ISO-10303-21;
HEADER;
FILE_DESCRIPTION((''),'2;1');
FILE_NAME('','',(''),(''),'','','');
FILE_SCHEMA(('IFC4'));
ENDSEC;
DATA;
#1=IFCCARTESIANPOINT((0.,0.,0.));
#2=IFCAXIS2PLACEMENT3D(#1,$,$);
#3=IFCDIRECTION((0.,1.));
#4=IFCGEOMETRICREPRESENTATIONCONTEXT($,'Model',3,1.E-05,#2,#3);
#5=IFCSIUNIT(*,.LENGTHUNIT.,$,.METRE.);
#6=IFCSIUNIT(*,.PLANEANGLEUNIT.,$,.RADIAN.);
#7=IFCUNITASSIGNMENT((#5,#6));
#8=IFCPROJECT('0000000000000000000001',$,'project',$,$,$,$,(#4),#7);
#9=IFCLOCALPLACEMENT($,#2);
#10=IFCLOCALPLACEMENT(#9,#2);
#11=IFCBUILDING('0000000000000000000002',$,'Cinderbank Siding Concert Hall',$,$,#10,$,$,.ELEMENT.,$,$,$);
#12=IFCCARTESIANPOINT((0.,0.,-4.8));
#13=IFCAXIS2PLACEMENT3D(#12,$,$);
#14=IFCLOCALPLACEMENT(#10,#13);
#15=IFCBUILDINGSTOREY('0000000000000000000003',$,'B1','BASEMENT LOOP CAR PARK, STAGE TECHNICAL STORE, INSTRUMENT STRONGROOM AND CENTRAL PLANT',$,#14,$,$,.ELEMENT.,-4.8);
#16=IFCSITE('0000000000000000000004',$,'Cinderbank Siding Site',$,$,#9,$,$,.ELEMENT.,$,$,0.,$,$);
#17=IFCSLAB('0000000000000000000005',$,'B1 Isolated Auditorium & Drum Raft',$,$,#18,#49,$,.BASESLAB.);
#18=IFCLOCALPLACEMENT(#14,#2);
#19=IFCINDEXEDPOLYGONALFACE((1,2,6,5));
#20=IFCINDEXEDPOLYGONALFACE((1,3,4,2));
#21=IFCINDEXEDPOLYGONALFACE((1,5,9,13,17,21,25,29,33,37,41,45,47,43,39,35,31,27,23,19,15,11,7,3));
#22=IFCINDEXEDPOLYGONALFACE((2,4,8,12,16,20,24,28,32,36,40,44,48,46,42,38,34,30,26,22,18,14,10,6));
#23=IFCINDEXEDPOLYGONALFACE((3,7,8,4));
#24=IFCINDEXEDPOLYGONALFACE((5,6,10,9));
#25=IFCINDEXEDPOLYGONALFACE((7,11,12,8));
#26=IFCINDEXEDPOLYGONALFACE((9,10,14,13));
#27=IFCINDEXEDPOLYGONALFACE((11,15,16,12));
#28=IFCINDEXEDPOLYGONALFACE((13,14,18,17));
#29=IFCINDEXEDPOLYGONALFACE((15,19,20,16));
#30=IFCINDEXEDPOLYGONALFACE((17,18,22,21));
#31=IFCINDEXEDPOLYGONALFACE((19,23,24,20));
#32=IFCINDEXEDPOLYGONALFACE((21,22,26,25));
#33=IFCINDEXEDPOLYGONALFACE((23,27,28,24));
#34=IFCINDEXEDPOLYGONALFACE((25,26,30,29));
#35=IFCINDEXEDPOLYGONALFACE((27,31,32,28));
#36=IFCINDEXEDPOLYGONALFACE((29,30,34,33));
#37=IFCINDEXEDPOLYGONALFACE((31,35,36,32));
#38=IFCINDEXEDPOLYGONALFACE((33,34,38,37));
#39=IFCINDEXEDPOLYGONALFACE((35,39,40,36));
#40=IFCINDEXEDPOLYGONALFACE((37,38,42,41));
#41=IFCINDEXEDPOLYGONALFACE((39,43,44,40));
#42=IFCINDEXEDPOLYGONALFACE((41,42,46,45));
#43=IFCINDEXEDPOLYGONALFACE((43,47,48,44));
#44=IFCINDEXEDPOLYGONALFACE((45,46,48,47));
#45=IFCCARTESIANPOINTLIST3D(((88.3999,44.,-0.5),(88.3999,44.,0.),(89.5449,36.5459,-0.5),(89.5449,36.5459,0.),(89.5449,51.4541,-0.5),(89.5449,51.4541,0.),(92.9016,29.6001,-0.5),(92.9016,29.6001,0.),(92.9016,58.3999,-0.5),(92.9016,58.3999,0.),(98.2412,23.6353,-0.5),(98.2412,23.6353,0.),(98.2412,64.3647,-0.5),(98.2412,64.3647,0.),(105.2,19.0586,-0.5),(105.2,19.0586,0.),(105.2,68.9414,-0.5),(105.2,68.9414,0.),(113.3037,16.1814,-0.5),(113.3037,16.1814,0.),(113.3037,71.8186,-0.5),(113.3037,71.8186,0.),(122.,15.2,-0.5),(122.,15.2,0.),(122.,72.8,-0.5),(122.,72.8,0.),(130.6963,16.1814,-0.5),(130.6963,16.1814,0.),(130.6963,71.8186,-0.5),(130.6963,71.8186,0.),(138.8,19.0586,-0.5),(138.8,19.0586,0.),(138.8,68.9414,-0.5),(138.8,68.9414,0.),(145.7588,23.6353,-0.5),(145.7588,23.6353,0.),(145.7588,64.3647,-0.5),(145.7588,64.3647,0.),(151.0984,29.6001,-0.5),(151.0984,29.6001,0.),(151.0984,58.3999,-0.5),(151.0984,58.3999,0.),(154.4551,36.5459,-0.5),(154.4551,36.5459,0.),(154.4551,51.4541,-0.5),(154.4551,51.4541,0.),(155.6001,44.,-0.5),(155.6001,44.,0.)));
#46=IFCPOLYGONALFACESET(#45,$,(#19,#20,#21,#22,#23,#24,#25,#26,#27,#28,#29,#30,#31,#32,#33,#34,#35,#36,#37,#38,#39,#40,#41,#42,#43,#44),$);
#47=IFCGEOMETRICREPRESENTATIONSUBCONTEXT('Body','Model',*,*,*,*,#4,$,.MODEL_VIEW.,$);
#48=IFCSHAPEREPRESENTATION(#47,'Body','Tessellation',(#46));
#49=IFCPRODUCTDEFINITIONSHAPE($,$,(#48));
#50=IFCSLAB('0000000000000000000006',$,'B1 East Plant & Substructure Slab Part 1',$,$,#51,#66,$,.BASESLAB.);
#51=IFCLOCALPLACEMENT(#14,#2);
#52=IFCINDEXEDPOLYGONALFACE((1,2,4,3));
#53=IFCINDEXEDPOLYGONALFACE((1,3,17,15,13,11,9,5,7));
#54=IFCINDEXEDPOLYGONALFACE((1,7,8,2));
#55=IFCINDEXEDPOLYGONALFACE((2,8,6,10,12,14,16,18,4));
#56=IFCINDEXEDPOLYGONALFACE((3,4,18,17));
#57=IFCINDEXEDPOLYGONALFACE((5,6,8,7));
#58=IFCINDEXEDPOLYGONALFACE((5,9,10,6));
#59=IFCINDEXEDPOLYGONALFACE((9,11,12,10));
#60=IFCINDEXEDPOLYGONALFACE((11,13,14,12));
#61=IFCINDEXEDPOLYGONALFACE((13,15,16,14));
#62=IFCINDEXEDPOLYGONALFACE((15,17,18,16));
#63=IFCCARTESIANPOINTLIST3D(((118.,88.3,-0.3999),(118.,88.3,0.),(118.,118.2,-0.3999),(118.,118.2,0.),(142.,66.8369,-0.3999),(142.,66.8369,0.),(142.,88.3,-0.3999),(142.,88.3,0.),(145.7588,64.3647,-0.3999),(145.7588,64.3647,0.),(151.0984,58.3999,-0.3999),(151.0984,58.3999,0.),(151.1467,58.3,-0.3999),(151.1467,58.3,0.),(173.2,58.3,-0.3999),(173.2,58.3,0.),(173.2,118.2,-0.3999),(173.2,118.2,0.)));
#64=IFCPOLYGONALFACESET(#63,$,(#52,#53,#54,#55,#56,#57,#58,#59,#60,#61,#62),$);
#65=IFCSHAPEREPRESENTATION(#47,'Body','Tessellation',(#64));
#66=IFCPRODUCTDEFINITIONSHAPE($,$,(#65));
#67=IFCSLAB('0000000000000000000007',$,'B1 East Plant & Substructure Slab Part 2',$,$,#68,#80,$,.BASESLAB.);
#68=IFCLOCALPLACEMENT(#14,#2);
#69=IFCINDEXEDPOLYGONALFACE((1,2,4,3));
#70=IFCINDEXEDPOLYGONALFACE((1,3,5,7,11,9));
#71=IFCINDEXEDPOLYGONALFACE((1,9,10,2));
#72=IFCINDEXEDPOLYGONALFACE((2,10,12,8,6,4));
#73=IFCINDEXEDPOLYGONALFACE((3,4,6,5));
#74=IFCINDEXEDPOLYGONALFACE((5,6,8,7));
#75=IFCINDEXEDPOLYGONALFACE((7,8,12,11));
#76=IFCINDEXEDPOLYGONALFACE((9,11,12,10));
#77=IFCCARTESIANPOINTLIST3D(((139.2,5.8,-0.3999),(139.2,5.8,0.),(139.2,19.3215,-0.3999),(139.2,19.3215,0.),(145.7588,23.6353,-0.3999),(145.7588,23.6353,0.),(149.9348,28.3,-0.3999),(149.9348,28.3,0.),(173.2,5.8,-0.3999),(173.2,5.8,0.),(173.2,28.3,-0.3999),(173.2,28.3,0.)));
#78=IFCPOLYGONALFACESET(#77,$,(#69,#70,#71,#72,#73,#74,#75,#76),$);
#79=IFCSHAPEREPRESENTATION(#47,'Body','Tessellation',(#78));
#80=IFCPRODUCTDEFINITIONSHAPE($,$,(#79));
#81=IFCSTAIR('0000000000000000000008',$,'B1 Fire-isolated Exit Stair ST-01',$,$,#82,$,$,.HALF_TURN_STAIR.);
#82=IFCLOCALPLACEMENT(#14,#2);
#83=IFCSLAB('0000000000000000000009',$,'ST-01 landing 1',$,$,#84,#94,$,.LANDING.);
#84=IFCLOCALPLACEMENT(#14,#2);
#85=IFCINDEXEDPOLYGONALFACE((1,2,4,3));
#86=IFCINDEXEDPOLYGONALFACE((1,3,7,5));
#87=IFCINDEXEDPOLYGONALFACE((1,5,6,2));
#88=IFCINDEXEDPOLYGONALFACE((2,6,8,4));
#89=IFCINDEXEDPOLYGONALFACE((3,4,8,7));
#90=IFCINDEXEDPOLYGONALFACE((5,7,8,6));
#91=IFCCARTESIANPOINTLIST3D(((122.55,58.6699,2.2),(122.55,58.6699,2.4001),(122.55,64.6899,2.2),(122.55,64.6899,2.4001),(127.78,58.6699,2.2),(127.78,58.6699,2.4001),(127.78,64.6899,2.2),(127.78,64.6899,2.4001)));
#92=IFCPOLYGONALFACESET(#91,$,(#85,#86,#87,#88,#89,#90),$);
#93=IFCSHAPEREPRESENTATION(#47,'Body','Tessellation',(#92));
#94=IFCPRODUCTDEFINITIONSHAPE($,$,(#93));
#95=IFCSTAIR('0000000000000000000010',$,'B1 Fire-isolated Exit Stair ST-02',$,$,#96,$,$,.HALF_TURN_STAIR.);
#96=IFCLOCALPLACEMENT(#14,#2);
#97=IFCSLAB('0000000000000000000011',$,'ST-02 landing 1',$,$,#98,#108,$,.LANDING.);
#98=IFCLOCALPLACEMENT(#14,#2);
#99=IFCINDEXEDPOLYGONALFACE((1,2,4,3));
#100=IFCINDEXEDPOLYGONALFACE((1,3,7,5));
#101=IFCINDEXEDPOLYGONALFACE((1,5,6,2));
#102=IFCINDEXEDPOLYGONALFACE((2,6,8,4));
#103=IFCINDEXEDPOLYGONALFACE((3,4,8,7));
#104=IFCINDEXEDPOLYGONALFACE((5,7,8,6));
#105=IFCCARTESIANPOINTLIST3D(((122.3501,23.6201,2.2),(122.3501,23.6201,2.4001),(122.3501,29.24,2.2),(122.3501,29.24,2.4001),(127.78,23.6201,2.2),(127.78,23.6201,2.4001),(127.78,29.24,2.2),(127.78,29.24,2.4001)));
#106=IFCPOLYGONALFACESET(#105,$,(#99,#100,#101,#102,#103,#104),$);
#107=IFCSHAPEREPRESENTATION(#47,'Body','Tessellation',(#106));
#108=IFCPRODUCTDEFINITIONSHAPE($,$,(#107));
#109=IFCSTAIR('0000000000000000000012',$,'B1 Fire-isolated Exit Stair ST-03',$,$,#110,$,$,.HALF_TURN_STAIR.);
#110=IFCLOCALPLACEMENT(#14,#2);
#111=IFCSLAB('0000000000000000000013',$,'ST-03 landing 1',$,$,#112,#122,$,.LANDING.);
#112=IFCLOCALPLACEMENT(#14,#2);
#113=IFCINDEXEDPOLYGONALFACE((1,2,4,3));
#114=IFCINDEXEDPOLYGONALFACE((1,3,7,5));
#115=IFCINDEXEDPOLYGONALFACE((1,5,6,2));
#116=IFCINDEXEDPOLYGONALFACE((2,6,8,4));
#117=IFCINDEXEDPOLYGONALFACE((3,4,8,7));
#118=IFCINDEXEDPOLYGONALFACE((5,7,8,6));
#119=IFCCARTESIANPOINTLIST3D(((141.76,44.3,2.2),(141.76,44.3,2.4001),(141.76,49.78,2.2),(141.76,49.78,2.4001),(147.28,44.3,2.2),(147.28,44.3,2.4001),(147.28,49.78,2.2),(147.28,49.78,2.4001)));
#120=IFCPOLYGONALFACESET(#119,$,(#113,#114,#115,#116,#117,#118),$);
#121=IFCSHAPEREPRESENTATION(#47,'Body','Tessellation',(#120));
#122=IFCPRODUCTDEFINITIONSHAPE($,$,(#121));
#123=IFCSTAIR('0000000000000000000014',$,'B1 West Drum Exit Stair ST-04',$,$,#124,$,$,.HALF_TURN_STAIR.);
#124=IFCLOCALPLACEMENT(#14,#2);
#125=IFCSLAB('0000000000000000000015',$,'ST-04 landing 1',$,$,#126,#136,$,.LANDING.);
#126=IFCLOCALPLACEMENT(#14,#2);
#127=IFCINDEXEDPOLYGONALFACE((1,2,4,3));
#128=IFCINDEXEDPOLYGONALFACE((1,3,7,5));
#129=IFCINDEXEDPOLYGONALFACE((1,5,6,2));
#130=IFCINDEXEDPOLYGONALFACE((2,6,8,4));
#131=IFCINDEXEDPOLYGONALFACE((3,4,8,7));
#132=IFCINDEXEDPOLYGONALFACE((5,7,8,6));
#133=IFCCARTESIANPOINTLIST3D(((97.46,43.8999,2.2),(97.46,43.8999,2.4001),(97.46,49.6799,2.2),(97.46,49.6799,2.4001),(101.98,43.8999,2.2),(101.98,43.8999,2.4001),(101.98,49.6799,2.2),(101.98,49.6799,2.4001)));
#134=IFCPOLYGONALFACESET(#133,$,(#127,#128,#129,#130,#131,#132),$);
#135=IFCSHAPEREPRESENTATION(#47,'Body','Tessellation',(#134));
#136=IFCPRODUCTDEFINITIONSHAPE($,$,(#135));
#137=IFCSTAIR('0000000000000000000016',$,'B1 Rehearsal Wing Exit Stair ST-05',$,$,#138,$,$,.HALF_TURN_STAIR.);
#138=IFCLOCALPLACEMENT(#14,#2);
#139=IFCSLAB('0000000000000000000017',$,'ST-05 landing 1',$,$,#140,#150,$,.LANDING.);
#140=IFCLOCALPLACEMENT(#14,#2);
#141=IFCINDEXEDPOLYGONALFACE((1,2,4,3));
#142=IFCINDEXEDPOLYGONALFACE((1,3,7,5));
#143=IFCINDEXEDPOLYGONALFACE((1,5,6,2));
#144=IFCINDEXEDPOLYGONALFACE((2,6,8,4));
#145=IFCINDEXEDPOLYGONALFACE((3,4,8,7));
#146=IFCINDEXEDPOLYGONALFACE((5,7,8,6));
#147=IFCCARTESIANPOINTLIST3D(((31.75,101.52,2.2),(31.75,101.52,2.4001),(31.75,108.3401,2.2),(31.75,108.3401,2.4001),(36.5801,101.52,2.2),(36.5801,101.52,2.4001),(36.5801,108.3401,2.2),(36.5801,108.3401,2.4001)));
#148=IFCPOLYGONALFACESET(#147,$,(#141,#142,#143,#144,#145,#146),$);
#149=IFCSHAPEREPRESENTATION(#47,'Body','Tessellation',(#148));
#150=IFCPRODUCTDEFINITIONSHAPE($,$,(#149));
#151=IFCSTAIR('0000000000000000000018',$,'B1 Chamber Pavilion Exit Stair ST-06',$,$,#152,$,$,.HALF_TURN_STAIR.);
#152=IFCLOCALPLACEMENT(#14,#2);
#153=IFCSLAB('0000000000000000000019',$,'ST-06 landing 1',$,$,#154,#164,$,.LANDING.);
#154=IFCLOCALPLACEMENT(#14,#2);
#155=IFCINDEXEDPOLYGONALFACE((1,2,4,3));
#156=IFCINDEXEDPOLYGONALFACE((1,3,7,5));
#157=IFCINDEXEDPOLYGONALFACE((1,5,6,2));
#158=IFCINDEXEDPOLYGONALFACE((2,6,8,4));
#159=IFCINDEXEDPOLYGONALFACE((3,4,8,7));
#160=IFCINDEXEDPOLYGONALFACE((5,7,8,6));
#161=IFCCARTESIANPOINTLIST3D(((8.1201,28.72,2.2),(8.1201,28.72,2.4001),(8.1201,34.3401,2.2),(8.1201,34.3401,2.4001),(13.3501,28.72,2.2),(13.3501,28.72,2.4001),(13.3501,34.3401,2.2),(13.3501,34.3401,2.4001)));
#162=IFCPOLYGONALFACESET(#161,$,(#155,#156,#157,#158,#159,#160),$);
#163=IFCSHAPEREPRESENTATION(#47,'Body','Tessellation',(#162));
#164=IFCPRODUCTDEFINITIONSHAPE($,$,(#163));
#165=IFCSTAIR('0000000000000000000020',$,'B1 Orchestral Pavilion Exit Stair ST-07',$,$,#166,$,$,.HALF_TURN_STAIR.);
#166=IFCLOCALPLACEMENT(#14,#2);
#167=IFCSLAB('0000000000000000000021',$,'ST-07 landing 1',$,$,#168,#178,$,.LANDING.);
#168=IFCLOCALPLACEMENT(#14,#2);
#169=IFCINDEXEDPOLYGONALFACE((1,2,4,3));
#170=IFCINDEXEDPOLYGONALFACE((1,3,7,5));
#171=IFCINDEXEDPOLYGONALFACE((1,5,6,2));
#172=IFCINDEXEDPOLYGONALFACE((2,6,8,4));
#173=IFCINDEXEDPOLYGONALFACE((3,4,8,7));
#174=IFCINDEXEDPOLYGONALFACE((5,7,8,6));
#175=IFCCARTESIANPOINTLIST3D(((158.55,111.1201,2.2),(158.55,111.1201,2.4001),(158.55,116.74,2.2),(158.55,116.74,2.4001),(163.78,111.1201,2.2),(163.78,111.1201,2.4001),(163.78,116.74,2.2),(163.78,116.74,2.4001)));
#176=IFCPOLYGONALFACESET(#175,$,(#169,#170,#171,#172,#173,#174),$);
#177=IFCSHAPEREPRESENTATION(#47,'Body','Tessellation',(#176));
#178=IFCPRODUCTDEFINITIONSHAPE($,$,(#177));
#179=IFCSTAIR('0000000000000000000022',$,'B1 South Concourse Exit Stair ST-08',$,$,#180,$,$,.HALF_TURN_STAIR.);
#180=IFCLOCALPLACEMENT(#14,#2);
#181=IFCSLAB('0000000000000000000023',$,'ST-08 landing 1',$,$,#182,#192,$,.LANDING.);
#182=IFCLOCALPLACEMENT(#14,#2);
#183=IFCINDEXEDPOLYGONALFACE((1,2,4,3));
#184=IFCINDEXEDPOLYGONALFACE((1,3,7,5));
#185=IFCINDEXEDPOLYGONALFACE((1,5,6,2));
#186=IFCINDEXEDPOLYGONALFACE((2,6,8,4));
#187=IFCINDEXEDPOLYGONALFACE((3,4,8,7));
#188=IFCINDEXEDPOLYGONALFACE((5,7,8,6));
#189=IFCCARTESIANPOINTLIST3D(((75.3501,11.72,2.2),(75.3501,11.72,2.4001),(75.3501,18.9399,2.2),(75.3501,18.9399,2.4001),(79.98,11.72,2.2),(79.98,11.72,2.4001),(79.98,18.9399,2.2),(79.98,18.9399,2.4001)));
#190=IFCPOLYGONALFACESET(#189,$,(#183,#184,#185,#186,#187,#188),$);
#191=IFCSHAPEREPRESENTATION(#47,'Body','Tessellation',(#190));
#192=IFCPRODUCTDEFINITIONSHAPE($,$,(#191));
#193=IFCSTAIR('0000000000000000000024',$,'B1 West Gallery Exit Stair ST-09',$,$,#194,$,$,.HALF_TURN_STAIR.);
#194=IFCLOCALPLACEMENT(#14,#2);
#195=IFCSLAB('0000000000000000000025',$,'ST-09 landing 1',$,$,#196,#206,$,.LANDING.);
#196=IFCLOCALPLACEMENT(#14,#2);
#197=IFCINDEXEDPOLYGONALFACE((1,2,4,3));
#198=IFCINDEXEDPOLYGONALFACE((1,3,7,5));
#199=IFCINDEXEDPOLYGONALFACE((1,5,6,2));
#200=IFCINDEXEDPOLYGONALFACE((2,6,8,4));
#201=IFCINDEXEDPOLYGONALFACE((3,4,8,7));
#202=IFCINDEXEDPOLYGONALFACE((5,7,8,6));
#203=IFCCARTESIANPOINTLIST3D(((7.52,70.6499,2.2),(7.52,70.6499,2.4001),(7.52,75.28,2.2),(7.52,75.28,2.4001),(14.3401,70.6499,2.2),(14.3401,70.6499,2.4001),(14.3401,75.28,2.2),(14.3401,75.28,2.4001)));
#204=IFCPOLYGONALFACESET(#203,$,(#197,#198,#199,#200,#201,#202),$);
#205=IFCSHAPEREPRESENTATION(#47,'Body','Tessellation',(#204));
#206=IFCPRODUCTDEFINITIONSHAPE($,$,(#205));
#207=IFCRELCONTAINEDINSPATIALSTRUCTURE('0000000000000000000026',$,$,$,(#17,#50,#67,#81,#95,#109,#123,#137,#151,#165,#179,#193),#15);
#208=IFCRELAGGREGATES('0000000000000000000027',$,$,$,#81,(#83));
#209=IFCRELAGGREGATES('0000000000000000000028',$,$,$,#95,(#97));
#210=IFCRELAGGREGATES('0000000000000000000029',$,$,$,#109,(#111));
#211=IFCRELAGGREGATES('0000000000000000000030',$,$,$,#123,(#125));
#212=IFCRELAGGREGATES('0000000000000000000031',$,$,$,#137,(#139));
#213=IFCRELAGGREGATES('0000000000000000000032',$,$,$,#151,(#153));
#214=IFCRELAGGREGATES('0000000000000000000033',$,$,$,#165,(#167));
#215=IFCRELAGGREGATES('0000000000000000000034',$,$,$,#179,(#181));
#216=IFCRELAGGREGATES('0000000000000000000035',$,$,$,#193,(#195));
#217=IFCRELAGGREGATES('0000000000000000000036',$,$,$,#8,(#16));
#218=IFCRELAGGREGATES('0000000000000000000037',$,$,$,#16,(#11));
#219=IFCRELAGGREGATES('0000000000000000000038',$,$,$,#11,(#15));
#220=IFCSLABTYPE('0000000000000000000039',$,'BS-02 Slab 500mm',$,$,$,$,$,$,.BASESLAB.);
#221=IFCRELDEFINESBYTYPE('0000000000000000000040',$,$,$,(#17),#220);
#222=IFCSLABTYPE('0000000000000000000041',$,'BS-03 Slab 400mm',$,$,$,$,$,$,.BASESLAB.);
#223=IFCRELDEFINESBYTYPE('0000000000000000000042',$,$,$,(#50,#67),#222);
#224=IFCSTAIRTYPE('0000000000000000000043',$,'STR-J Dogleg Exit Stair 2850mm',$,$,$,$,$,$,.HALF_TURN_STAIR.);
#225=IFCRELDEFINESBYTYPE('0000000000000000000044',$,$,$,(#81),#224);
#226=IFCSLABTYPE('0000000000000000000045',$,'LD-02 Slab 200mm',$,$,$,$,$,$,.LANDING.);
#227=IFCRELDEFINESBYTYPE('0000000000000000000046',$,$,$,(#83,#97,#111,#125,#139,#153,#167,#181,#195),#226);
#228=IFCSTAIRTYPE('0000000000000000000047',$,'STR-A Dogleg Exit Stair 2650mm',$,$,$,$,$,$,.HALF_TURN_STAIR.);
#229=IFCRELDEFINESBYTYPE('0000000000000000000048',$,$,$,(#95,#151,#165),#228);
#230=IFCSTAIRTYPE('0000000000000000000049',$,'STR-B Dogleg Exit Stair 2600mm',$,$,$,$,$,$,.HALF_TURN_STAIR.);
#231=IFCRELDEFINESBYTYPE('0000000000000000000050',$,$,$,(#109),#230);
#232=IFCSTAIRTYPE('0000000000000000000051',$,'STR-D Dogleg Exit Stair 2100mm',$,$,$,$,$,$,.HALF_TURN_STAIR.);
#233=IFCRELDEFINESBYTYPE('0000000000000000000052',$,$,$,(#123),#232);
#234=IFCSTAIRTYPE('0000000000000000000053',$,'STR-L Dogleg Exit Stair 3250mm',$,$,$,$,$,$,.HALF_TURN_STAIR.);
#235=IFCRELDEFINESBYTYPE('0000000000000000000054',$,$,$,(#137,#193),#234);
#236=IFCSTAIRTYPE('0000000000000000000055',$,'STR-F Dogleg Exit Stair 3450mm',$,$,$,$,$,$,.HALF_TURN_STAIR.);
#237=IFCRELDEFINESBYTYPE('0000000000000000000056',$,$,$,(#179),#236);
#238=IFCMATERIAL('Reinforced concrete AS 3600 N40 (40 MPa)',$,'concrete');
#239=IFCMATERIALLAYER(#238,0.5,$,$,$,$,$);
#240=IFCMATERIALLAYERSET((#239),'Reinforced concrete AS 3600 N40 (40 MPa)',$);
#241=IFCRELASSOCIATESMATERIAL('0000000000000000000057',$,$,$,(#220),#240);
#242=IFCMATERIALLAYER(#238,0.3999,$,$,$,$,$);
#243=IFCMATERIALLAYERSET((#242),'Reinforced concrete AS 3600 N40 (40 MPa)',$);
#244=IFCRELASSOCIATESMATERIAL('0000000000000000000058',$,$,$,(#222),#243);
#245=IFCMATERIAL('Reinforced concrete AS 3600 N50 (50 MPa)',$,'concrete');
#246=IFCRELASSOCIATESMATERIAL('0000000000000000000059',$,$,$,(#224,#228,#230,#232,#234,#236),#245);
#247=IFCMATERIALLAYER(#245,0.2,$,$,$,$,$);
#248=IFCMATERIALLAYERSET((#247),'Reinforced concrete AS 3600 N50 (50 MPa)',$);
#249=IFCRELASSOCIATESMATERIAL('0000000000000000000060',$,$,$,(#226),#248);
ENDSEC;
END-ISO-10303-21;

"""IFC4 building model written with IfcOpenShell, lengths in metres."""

from ifc_helpers import new_model, si_unit, direction, frame, origin, place, context, subcontext, project, spatial, polyline, outline, extrude, material, layer, layer_set, type_object, element, aggregate, save


model = new_model("IFC4")

# Units and contexts
model_context = context("Model", 3, precision=1e-05, world=origin(), true_north=direction((0.0, 1.0)))
body_context = subcontext(model_context, "Body", "Model", "MODEL_VIEW")
ifc_project = project(units=[si_unit("LENGTHUNIT", "METRE"), si_unit("PLANEANGLEUNIT", "RADIAN")], contexts=[model_context])

# Site, building, storey
site_placement = place(None, origin())
site = spatial("IfcSite", under=ifc_project, at=site_placement, Name="Cinderbank Siding Site", CompositionType="ELEMENT", RefElevation=0.0)
building_placement = place(site_placement, origin())
building = spatial("IfcBuilding", under=site, at=building_placement, Name="Cinderbank Siding Concert Hall", CompositionType="ELEMENT")
storey_placement = place(building_placement, frame((0.0, 0.0, -4.8)))
storey = spatial("IfcBuildingStorey", under=building, at=storey_placement, Name="B1", Description="BASEMENT LOOP CAR PARK, STAGE TECHNICAL STORE, INSTRUMENT STRONGROOM AND CENTRAL PLANT", CompositionType="ELEMENT", Elevation=-4.8)

# Shared definitions
ifc_material_1 = material(Name="Reinforced concrete AS 3600 N40 (40 MPa)", Category="concrete")

# Shared definitions
ifc_material_2 = material(Name="Reinforced concrete AS 3600 N50 (50 MPa)", Category="concrete")

# Slabs
ifc_layer_1 = layer(ifc_material_1, 0.5)
ifc_layer_set_1 = layer_set([ifc_layer_1], Name="Reinforced concrete AS 3600 N40 (40 MPa)")
slab_type_1 = type_object("IfcSlabType", Name="BS-02 Slab 500mm", PredefinedType="BASESLAB", material=ifc_layer_set_1)
slab_1_placement = place(storey_placement, frame((0.0, 0.0, -0.5)))
element("IfcSlab", 1, at=slab_1_placement, inside=storey, type_object=slab_type_1, Name="B1 Isolated Auditorium & Drum Raft", PredefinedType="BASESLAB", context=body_context, shape_type="SweptSolid", body=[
    extrude(outline(polyline([(155.6001, 44.0), (154.4551, 36.5459), (151.0984, 29.6001), (145.7588, 23.6353), (138.8, 19.0586), (130.6963, 16.1814), (122.0, 15.2), (113.3037, 16.1814), (105.2, 19.0586), (98.2412, 23.6353), (92.9016, 29.6001), (89.5449, 36.5459), (88.3999, 44.0), (89.5449, 51.4541), (92.9016, 58.3999), (98.2412, 64.3647), (105.2, 68.9414), (113.3037, 71.8186), (122.0, 72.8), (130.6963, 71.8186), (138.8, 68.9414), (145.7588, 64.3647), (151.0984, 58.3999), (154.4551, 51.4541), (155.6001, 44.0)])), origin(), (0.0, 0.0, 1.0), 0.5),
])
ifc_layer_2 = layer(ifc_material_1, 0.3999)
ifc_layer_set_2 = layer_set([ifc_layer_2], Name="Reinforced concrete AS 3600 N40 (40 MPa)")
slab_type_2 = type_object("IfcSlabType", Name="BS-03 Slab 400mm", PredefinedType="BASESLAB", material=ifc_layer_set_2)
slab_2_placement = place(storey_placement, frame((0.0, 0.0, -0.3999)))
element("IfcSlab", 2, at=slab_2_placement, inside=storey, type_object=slab_type_2, Name="B1 East Plant & Substructure Slab Part 1", PredefinedType="BASESLAB", context=body_context, shape_type="SweptSolid", body=[
    extrude(outline(polyline([(118.0, 88.3), (118.0, 118.2), (173.2, 118.2), (173.2, 58.3), (151.1467, 58.3), (151.0984, 58.3999), (145.7588, 64.3647), (142.0, 66.8369), (142.0, 88.3), (118.0, 88.3)])), origin(), (0.0, 0.0, 1.0), 0.3999),
])
slab_3_placement = place(storey_placement, frame((0.0, 0.0, -0.3999)))
element("IfcSlab", 3, at=slab_3_placement, inside=storey, type_object=slab_type_2, Name="B1 East Plant & Substructure Slab Part 2", PredefinedType="BASESLAB", context=body_context, shape_type="SweptSolid", body=[
    extrude(outline(polyline([(173.2, 5.8), (139.2, 5.8), (139.2, 19.3215), (145.7588, 23.6353), (149.9348, 28.3), (173.2, 28.3), (173.2, 5.8)])), origin(), (0.0, 0.0, 1.0), 0.3999),
])

# Stairs, slabs
stair_type_1 = type_object("IfcStairType", Name="STR-J Dogleg Exit Stair 2850mm", PredefinedType="HALF_TURN_STAIR", material=ifc_material_2)
stair_1_placement = place(storey_placement, origin())
stair_1 = element("IfcStair", 4, at=stair_1_placement, inside=storey, type_object=stair_type_1, Name="B1 Fire-isolated Exit Stair ST-01", PredefinedType="HALF_TURN_STAIR")
ifc_layer_3 = layer(ifc_material_2, 0.2)
ifc_layer_set_3 = layer_set([ifc_layer_3], Name="Reinforced concrete AS 3600 N50 (50 MPa)")
slab_type_3 = type_object("IfcSlabType", Name="LD-02 Slab 200mm", PredefinedType="LANDING", material=ifc_layer_set_3)
slab_4_placement = place(storey_placement, frame((0.0, 0.0, 2.2)))
slab_4 = element("IfcSlab", 5, at=slab_4_placement, type_object=slab_type_3, Name="ST-01 landing 1", PredefinedType="LANDING", context=body_context, shape_type="SweptSolid", body=[
    extrude(outline(polyline([(122.55, 58.6699), (122.55, 64.6899), (127.78, 64.6899), (127.78, 58.6699), (122.55, 58.6699)])), origin(), (0.0, 0.0, 1.0), 0.2002),
])
aggregate(stair_1, [slab_4])
stair_type_2 = type_object("IfcStairType", Name="STR-A Dogleg Exit Stair 2650mm", PredefinedType="HALF_TURN_STAIR", material=ifc_material_2)
stair_2_placement = place(storey_placement, origin())
stair_2 = element("IfcStair", 6, at=stair_2_placement, inside=storey, type_object=stair_type_2, Name="B1 Fire-isolated Exit Stair ST-02", PredefinedType="HALF_TURN_STAIR")
slab_5_placement = place(storey_placement, frame((0.0, 0.0, 2.2)))
slab_5 = element("IfcSlab", 7, at=slab_5_placement, type_object=slab_type_3, Name="ST-02 landing 1", PredefinedType="LANDING", context=body_context, shape_type="SweptSolid", body=[
    extrude(outline(polyline([(122.3501, 23.6201), (122.3501, 29.24), (127.78, 29.24), (127.78, 23.6201), (122.3501, 23.6201)])), origin(), (0.0, 0.0, 1.0), 0.2002),
])
aggregate(stair_2, [slab_5])
stair_type_3 = type_object("IfcStairType", Name="STR-B Dogleg Exit Stair 2600mm", PredefinedType="HALF_TURN_STAIR", material=ifc_material_2)
stair_3_placement = place(storey_placement, origin())
stair_3 = element("IfcStair", 8, at=stair_3_placement, inside=storey, type_object=stair_type_3, Name="B1 Fire-isolated Exit Stair ST-03", PredefinedType="HALF_TURN_STAIR")
slab_6_placement = place(storey_placement, frame((0.0, 0.0, 2.2)))
slab_6 = element("IfcSlab", 9, at=slab_6_placement, type_object=slab_type_3, Name="ST-03 landing 1", PredefinedType="LANDING", context=body_context, shape_type="SweptSolid", body=[
    extrude(outline(polyline([(147.28, 44.3), (141.76, 44.3), (141.76, 49.78), (147.28, 49.78), (147.28, 44.3)])), origin(), (0.0, 0.0, 1.0), 0.2002),
])
aggregate(stair_3, [slab_6])
stair_type_4 = type_object("IfcStairType", Name="STR-D Dogleg Exit Stair 2100mm", PredefinedType="HALF_TURN_STAIR", material=ifc_material_2)
stair_4_placement = place(storey_placement, origin())
stair_4 = element("IfcStair", 10, at=stair_4_placement, inside=storey, type_object=stair_type_4, Name="B1 West Drum Exit Stair ST-04", PredefinedType="HALF_TURN_STAIR")
slab_7_placement = place(storey_placement, frame((0.0, 0.0, 2.2)))
slab_7 = element("IfcSlab", 11, at=slab_7_placement, type_object=slab_type_3, Name="ST-04 landing 1", PredefinedType="LANDING", context=body_context, shape_type="SweptSolid", body=[
    extrude(outline(polyline([(101.98, 43.8999), (97.46, 43.8999), (97.46, 49.6799), (101.98, 49.6799), (101.98, 43.8999)])), origin(), (0.0, 0.0, 1.0), 0.2002),
])
aggregate(stair_4, [slab_7])
stair_type_5 = type_object("IfcStairType", Name="STR-L Dogleg Exit Stair 3250mm", PredefinedType="HALF_TURN_STAIR", material=ifc_material_2)
stair_5_placement = place(storey_placement, origin())
stair_5 = element("IfcStair", 12, at=stair_5_placement, inside=storey, type_object=stair_type_5, Name="B1 Rehearsal Wing Exit Stair ST-05", PredefinedType="HALF_TURN_STAIR")
slab_8_placement = place(storey_placement, frame((0.0, 0.0, 2.2)))
slab_8 = element("IfcSlab", 13, at=slab_8_placement, type_object=slab_type_3, Name="ST-05 landing 1", PredefinedType="LANDING", context=body_context, shape_type="SweptSolid", body=[
    extrude(outline(polyline([(31.75, 101.52), (31.75, 108.3401), (36.5801, 108.3401), (36.5801, 101.52), (31.75, 101.52)])), origin(), (0.0, 0.0, 1.0), 0.2002),
])
aggregate(stair_5, [slab_8])
stair_6_placement = place(storey_placement, origin())
stair_6 = element("IfcStair", 14, at=stair_6_placement, inside=storey, type_object=stair_type_2, Name="B1 Chamber Pavilion Exit Stair ST-06", PredefinedType="HALF_TURN_STAIR")
slab_9_placement = place(storey_placement, frame((0.0, 0.0, 2.2)))
slab_9 = element("IfcSlab", 15, at=slab_9_placement, type_object=slab_type_3, Name="ST-06 landing 1", PredefinedType="LANDING", context=body_context, shape_type="SweptSolid", body=[
    extrude(outline(polyline([(13.3501, 34.3401), (13.3501, 28.72), (8.1201, 28.72), (8.1201, 34.3401), (13.3501, 34.3401)])), origin(), (0.0, 0.0, 1.0), 0.2002),
])
aggregate(stair_6, [slab_9])
stair_7_placement = place(storey_placement, origin())
stair_7 = element("IfcStair", 16, at=stair_7_placement, inside=storey, type_object=stair_type_2, Name="B1 Orchestral Pavilion Exit Stair ST-07", PredefinedType="HALF_TURN_STAIR")
slab_10_placement = place(storey_placement, frame((0.0, 0.0, 2.2)))
slab_10 = element("IfcSlab", 17, at=slab_10_placement, type_object=slab_type_3, Name="ST-07 landing 1", PredefinedType="LANDING", context=body_context, shape_type="SweptSolid", body=[
    extrude(outline(polyline([(158.55, 111.1201), (158.55, 116.74), (163.78, 116.74), (163.78, 111.1201), (158.55, 111.1201)])), origin(), (0.0, 0.0, 1.0), 0.2002),
])
aggregate(stair_7, [slab_10])
stair_type_6 = type_object("IfcStairType", Name="STR-F Dogleg Exit Stair 3450mm", PredefinedType="HALF_TURN_STAIR", material=ifc_material_2)
stair_8_placement = place(storey_placement, origin())
stair_8 = element("IfcStair", 18, at=stair_8_placement, inside=storey, type_object=stair_type_6, Name="B1 South Concourse Exit Stair ST-08", PredefinedType="HALF_TURN_STAIR")
slab_11_placement = place(storey_placement, frame((0.0, 0.0, 2.2)))
slab_11 = element("IfcSlab", 19, at=slab_11_placement, type_object=slab_type_3, Name="ST-08 landing 1", PredefinedType="LANDING", context=body_context, shape_type="SweptSolid", body=[
    extrude(outline(polyline([(75.3501, 11.72), (75.3501, 18.9399), (79.98, 18.9399), (79.98, 11.72), (75.3501, 11.72)])), origin(), (0.0, 0.0, 1.0), 0.2002),
])
aggregate(stair_8, [slab_11])
stair_9_placement = place(storey_placement, origin())
stair_9 = element("IfcStair", 20, at=stair_9_placement, inside=storey, type_object=stair_type_5, Name="B1 West Gallery Exit Stair ST-09", PredefinedType="HALF_TURN_STAIR")
slab_12_placement = place(storey_placement, frame((0.0, 0.0, 2.2)))
slab_12 = element("IfcSlab", 21, at=slab_12_placement, type_object=slab_type_3, Name="ST-09 landing 1", PredefinedType="LANDING", context=body_context, shape_type="SweptSolid", body=[
    extrude(outline(polyline([(14.3401, 70.6499), (7.52, 70.6499), (7.52, 75.28), (14.3401, 75.28), (14.3401, 70.6499)])), origin(), (0.0, 0.0, 1.0), 0.2002),
])
aggregate(stair_9, [slab_12])

save(model, "model.ifc")
